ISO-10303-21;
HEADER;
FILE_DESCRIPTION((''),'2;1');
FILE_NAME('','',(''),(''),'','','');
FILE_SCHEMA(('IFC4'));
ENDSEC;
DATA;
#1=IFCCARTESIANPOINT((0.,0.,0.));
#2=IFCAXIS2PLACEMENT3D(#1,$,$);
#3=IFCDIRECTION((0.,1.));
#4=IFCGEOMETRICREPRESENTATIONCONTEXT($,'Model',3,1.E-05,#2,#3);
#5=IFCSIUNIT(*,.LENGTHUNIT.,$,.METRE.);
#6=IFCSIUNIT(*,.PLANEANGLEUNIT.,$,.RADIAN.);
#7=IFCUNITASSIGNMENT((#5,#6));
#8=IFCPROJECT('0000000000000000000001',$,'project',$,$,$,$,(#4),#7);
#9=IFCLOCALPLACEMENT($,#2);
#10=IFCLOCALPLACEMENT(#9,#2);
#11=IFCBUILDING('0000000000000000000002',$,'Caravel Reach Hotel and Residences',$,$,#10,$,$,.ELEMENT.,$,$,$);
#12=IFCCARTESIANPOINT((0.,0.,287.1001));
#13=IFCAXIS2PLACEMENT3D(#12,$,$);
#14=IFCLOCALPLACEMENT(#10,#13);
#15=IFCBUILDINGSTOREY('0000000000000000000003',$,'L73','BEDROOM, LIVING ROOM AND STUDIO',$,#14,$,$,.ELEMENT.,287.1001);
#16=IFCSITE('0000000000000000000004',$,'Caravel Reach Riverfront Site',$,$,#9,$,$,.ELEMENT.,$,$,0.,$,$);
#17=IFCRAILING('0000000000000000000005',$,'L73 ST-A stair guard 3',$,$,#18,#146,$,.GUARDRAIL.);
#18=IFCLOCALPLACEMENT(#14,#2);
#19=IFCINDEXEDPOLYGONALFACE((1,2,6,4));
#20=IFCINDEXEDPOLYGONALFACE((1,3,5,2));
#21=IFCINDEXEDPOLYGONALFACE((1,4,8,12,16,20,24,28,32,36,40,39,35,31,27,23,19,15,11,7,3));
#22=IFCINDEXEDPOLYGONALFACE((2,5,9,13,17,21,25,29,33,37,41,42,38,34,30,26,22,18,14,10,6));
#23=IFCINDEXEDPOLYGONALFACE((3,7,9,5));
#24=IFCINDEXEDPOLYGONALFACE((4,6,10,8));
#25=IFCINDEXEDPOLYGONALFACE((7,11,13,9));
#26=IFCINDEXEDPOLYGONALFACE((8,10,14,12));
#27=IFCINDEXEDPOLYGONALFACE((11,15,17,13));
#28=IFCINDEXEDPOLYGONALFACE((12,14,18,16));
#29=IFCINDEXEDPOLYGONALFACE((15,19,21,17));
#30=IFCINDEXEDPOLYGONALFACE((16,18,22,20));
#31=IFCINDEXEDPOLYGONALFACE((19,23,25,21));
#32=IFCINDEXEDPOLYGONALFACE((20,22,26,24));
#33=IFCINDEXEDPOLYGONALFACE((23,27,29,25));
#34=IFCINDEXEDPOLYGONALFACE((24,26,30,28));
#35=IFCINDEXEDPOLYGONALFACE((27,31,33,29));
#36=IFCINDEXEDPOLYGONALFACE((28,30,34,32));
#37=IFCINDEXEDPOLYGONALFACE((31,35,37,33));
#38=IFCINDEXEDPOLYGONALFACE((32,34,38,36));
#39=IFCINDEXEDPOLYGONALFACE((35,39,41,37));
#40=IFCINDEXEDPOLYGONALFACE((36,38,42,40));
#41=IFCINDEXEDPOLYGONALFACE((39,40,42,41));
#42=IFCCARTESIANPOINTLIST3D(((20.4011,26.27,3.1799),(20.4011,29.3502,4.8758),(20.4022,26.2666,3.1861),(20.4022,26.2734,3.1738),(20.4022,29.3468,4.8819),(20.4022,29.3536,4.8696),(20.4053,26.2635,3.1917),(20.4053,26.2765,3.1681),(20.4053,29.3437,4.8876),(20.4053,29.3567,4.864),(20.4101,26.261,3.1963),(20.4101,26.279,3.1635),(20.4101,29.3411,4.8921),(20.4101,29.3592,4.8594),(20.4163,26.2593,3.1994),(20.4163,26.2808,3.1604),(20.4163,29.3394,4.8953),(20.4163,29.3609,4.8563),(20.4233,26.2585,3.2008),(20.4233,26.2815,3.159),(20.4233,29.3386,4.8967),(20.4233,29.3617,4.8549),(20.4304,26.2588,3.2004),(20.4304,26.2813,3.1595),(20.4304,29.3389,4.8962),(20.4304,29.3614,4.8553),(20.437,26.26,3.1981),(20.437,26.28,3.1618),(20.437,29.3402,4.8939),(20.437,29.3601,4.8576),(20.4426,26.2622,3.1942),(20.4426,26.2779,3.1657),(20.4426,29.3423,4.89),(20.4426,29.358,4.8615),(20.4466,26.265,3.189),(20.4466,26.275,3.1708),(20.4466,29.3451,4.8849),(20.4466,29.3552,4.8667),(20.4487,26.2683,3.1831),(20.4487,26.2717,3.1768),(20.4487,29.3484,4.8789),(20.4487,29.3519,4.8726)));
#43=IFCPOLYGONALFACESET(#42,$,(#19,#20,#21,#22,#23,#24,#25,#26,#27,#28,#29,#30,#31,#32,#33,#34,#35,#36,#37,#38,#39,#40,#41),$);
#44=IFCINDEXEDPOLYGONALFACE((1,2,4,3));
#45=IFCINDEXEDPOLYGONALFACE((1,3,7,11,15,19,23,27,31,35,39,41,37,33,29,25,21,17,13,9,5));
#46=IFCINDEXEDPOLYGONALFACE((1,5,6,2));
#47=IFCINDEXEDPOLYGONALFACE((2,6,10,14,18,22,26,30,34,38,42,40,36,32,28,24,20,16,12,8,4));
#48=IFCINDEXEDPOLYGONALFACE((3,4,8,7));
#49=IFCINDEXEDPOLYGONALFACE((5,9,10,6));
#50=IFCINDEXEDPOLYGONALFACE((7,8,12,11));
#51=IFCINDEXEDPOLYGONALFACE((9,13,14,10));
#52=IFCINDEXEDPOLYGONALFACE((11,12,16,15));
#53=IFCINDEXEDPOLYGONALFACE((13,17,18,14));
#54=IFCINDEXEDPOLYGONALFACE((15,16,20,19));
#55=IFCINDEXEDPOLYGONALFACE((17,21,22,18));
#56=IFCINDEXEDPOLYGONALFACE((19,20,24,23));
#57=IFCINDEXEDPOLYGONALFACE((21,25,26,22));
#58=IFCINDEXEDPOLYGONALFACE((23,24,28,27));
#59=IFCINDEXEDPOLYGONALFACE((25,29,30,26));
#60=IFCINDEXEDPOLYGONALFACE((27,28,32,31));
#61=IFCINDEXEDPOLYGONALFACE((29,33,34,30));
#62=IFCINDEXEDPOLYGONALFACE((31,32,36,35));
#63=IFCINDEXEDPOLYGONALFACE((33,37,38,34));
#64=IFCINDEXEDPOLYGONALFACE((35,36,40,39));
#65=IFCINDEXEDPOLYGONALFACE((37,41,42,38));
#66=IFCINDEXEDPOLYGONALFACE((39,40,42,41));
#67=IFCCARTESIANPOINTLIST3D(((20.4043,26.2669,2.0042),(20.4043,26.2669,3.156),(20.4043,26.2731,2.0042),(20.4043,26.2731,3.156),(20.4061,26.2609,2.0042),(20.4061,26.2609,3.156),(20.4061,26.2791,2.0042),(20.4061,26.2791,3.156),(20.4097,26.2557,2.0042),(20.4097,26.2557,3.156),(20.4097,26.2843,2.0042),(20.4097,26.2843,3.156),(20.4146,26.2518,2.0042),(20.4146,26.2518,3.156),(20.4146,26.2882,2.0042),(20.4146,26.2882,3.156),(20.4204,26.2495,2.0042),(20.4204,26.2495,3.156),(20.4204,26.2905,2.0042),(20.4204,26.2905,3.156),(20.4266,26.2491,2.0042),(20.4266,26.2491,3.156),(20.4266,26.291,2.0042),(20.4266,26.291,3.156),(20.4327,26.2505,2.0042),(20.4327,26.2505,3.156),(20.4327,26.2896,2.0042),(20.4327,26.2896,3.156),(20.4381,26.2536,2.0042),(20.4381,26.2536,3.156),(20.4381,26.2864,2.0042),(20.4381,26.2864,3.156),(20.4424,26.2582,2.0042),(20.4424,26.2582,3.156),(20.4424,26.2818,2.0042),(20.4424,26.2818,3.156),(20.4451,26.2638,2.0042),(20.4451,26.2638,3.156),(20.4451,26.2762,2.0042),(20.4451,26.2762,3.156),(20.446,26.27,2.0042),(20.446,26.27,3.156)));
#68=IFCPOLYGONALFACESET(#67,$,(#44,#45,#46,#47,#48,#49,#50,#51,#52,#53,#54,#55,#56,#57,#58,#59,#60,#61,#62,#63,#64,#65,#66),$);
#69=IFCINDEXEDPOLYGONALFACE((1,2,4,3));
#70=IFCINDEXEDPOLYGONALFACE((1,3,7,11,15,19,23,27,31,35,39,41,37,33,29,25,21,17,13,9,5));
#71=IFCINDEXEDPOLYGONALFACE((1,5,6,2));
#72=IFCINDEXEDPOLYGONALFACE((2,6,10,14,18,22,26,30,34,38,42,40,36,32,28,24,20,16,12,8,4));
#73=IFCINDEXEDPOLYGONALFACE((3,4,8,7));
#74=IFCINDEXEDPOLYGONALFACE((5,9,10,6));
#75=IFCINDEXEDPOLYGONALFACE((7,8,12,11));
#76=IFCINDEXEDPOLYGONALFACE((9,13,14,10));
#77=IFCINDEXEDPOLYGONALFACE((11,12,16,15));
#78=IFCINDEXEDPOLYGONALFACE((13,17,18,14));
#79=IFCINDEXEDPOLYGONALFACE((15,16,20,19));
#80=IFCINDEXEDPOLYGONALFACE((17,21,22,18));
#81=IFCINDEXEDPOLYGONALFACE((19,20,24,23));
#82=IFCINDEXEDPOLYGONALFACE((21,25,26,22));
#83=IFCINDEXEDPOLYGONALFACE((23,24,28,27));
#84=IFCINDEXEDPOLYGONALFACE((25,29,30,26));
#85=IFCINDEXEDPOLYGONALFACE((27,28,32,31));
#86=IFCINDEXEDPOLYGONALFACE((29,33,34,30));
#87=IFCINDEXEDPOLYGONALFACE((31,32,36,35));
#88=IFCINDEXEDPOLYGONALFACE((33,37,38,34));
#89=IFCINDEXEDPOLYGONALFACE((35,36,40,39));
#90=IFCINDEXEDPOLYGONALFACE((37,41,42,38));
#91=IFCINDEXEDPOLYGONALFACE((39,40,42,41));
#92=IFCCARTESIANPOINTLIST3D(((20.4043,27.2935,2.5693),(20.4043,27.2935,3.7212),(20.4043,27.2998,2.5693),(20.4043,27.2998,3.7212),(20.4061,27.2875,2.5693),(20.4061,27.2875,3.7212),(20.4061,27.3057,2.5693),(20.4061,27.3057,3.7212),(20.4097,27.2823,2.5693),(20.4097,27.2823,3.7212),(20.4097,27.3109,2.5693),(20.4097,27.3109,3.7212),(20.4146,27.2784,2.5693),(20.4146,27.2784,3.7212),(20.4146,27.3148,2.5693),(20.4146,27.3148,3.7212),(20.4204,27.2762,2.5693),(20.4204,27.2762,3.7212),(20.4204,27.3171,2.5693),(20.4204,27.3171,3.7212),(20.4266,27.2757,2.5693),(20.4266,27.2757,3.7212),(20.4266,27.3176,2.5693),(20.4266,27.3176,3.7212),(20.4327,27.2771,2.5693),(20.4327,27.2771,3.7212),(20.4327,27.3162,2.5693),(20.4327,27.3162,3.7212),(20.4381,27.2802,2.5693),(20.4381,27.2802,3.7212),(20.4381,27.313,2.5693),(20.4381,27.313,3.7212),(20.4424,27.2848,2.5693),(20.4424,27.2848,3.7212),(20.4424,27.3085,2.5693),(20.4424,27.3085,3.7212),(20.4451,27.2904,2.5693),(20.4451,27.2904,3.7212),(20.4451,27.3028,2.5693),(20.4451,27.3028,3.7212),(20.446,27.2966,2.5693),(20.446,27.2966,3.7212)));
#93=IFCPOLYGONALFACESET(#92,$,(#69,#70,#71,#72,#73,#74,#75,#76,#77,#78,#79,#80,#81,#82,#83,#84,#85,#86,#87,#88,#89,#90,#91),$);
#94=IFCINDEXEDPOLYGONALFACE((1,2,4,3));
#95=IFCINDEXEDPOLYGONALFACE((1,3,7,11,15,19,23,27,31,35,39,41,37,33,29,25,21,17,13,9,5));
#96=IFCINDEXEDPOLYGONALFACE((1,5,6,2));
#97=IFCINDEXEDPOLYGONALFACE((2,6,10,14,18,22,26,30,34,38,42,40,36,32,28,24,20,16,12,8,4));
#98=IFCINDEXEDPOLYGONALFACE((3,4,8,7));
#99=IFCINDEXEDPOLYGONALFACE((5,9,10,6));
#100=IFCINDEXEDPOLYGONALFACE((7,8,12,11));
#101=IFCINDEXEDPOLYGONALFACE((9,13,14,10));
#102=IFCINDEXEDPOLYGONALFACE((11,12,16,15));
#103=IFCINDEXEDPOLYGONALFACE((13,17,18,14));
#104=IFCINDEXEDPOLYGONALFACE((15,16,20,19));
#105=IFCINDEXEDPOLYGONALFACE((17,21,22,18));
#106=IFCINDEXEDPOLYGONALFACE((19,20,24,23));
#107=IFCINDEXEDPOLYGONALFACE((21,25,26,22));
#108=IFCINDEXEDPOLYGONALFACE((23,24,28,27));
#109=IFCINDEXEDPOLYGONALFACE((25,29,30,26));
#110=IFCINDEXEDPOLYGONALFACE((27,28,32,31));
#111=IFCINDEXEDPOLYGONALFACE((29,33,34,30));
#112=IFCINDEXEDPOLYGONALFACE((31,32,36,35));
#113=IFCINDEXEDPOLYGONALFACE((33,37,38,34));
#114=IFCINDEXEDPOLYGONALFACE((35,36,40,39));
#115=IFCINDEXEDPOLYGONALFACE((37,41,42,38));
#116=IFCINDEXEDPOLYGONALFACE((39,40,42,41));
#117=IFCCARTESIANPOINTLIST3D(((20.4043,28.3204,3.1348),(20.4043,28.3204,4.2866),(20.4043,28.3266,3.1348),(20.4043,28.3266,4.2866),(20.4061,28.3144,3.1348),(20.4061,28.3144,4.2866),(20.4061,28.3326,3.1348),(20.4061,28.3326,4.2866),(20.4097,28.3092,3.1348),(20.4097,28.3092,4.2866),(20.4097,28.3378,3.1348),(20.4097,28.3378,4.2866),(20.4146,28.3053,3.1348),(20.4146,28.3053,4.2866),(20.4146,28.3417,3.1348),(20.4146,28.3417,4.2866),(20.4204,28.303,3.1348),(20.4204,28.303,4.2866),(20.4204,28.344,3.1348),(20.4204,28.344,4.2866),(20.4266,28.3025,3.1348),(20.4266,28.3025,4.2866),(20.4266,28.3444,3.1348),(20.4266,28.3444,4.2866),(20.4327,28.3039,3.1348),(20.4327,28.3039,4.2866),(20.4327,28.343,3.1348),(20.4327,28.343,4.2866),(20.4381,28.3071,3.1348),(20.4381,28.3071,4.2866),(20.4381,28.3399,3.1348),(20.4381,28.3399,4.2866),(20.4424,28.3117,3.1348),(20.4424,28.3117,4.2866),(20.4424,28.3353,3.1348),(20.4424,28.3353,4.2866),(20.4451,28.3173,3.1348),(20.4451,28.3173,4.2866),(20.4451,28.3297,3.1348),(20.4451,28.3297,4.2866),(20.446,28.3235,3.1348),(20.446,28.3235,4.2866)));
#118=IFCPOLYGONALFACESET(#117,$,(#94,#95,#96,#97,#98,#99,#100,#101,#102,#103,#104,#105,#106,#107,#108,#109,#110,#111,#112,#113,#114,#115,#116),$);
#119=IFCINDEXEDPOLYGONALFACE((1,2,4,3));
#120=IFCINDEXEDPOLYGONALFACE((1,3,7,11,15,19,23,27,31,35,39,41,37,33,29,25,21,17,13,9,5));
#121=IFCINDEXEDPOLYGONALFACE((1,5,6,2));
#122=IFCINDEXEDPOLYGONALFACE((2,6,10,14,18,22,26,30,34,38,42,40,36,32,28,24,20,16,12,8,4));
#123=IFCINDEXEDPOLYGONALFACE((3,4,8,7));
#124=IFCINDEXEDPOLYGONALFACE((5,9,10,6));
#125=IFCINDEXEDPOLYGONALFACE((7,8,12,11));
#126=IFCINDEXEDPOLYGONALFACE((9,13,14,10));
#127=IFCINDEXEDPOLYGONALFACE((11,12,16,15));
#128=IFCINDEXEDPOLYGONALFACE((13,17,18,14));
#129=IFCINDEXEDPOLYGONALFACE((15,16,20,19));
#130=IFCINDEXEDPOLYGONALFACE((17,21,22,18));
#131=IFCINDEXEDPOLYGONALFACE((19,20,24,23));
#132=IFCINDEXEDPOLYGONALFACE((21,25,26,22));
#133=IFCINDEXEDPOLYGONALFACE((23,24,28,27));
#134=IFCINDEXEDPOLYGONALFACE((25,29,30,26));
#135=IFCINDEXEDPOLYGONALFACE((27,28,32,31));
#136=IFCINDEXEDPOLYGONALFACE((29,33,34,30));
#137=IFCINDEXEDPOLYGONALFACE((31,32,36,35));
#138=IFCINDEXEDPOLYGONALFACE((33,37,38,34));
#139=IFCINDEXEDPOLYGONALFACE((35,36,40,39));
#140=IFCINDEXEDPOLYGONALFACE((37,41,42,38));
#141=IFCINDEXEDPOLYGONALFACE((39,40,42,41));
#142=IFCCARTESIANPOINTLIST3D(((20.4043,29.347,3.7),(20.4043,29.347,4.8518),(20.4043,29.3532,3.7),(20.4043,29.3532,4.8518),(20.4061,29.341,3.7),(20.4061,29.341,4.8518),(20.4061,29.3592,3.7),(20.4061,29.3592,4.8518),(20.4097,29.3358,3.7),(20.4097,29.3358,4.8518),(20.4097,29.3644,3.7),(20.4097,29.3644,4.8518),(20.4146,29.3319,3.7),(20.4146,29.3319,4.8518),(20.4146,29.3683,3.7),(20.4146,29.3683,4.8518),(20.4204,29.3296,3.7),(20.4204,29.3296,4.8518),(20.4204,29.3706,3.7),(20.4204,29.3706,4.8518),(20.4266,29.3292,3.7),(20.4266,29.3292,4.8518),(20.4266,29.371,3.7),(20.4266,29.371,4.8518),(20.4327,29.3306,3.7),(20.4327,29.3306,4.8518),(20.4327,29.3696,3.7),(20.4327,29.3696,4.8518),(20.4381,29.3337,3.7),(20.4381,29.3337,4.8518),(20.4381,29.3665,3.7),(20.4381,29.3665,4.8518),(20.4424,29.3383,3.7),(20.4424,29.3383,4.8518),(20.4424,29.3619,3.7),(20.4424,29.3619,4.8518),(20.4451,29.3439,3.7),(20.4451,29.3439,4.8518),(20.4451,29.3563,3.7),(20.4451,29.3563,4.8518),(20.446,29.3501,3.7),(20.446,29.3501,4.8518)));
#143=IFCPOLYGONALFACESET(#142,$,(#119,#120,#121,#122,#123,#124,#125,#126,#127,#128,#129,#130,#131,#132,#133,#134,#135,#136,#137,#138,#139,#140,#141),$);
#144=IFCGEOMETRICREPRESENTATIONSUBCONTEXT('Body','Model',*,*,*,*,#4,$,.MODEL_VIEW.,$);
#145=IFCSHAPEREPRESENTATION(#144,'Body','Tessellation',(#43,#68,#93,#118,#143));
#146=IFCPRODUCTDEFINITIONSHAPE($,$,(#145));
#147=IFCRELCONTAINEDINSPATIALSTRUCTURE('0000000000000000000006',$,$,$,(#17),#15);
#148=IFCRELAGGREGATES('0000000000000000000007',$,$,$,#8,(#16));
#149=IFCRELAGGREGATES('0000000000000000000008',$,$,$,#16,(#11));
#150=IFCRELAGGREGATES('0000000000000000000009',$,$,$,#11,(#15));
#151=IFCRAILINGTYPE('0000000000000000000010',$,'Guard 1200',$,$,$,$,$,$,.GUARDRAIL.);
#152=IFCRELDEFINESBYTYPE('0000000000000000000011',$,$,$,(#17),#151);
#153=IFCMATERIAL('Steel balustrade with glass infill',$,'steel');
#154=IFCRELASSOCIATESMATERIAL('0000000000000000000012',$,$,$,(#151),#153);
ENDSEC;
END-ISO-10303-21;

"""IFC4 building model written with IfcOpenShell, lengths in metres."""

from ifc_helpers import new_model, si_unit, direction, frame, origin, origin_2d, place, context, subcontext, project, spatial, circle, extrude, material, type_object, element, save


model = new_model("IFC4")

# Units and contexts
model_context = context("Model", 3, precision=1e-05, world=origin(), true_north=direction((0.0, 1.0)))
body_context = subcontext(model_context, "Body", "Model", "MODEL_VIEW")
ifc_project = project(units=[si_unit("LENGTHUNIT", "METRE"), si_unit("PLANEANGLEUNIT", "RADIAN")], contexts=[model_context])

# Site, building, storey
site_placement = place(None, origin())
site = spatial("IfcSite", under=ifc_project, at=site_placement, Name="Caravel Reach Riverfront Site", CompositionType="ELEMENT", RefElevation=0.0)
building_placement = place(site_placement, origin())
building = spatial("IfcBuilding", under=site, at=building_placement, Name="Caravel Reach Hotel and Residences", CompositionType="ELEMENT")
storey_placement = place(building_placement, frame((0.0, 0.0, 287.1001)))
storey = spatial("IfcBuildingStorey", under=building, at=storey_placement, Name="L73", Description="BEDROOM, LIVING ROOM AND STUDIO", CompositionType="ELEMENT", Elevation=287.1001)

# Railing
ifc_material_1 = material(Name="Steel balustrade with glass infill", Category="steel")
railing_type_1 = type_object("IfcRailingType", Name="Guard 1200", PredefinedType="GUARDRAIL", material=ifc_material_1)
railing_1_placement = place(storey_placement, frame((20.425, 26.27, 2.0042)))
element("IfcRailing", 1, at=railing_1_placement, inside=storey, type_object=railing_type_1, Name="L73 ST-A stair guard 3", PredefinedType="GUARDRAIL", context=body_context, shape_type="SweptSolid", body=[
    extrude(circle(Radius=0.0239, at=origin_2d()), frame((0.0, 0.0, 1.1758), z_axis=(0.0, 0.876005, 0.482303), x_axis=(-1.0, 0.0, 0.0)), (0.0, 0.0, 1.0), 3.5161),
    extrude(circle(Radius=0.021, at=origin_2d()), origin(), (0.0, 0.0, 1.0), 1.1519),
    extrude(circle(Radius=0.021, at=origin_2d()), frame((0.0, 1.0266, 0.5652)), (0.0, 0.0, 1.0), 1.1519),
    extrude(circle(Radius=0.021, at=origin_2d()), frame((0.0, 2.0535, 1.1306)), (0.0, 0.0, 1.0), 1.1519),
    extrude(circle(Radius=0.021, at=origin_2d()), frame((0.0, 3.0801, 1.6958)), (0.0, 0.0, 1.0), 1.1519),
])

save(model, "model.ifc")
